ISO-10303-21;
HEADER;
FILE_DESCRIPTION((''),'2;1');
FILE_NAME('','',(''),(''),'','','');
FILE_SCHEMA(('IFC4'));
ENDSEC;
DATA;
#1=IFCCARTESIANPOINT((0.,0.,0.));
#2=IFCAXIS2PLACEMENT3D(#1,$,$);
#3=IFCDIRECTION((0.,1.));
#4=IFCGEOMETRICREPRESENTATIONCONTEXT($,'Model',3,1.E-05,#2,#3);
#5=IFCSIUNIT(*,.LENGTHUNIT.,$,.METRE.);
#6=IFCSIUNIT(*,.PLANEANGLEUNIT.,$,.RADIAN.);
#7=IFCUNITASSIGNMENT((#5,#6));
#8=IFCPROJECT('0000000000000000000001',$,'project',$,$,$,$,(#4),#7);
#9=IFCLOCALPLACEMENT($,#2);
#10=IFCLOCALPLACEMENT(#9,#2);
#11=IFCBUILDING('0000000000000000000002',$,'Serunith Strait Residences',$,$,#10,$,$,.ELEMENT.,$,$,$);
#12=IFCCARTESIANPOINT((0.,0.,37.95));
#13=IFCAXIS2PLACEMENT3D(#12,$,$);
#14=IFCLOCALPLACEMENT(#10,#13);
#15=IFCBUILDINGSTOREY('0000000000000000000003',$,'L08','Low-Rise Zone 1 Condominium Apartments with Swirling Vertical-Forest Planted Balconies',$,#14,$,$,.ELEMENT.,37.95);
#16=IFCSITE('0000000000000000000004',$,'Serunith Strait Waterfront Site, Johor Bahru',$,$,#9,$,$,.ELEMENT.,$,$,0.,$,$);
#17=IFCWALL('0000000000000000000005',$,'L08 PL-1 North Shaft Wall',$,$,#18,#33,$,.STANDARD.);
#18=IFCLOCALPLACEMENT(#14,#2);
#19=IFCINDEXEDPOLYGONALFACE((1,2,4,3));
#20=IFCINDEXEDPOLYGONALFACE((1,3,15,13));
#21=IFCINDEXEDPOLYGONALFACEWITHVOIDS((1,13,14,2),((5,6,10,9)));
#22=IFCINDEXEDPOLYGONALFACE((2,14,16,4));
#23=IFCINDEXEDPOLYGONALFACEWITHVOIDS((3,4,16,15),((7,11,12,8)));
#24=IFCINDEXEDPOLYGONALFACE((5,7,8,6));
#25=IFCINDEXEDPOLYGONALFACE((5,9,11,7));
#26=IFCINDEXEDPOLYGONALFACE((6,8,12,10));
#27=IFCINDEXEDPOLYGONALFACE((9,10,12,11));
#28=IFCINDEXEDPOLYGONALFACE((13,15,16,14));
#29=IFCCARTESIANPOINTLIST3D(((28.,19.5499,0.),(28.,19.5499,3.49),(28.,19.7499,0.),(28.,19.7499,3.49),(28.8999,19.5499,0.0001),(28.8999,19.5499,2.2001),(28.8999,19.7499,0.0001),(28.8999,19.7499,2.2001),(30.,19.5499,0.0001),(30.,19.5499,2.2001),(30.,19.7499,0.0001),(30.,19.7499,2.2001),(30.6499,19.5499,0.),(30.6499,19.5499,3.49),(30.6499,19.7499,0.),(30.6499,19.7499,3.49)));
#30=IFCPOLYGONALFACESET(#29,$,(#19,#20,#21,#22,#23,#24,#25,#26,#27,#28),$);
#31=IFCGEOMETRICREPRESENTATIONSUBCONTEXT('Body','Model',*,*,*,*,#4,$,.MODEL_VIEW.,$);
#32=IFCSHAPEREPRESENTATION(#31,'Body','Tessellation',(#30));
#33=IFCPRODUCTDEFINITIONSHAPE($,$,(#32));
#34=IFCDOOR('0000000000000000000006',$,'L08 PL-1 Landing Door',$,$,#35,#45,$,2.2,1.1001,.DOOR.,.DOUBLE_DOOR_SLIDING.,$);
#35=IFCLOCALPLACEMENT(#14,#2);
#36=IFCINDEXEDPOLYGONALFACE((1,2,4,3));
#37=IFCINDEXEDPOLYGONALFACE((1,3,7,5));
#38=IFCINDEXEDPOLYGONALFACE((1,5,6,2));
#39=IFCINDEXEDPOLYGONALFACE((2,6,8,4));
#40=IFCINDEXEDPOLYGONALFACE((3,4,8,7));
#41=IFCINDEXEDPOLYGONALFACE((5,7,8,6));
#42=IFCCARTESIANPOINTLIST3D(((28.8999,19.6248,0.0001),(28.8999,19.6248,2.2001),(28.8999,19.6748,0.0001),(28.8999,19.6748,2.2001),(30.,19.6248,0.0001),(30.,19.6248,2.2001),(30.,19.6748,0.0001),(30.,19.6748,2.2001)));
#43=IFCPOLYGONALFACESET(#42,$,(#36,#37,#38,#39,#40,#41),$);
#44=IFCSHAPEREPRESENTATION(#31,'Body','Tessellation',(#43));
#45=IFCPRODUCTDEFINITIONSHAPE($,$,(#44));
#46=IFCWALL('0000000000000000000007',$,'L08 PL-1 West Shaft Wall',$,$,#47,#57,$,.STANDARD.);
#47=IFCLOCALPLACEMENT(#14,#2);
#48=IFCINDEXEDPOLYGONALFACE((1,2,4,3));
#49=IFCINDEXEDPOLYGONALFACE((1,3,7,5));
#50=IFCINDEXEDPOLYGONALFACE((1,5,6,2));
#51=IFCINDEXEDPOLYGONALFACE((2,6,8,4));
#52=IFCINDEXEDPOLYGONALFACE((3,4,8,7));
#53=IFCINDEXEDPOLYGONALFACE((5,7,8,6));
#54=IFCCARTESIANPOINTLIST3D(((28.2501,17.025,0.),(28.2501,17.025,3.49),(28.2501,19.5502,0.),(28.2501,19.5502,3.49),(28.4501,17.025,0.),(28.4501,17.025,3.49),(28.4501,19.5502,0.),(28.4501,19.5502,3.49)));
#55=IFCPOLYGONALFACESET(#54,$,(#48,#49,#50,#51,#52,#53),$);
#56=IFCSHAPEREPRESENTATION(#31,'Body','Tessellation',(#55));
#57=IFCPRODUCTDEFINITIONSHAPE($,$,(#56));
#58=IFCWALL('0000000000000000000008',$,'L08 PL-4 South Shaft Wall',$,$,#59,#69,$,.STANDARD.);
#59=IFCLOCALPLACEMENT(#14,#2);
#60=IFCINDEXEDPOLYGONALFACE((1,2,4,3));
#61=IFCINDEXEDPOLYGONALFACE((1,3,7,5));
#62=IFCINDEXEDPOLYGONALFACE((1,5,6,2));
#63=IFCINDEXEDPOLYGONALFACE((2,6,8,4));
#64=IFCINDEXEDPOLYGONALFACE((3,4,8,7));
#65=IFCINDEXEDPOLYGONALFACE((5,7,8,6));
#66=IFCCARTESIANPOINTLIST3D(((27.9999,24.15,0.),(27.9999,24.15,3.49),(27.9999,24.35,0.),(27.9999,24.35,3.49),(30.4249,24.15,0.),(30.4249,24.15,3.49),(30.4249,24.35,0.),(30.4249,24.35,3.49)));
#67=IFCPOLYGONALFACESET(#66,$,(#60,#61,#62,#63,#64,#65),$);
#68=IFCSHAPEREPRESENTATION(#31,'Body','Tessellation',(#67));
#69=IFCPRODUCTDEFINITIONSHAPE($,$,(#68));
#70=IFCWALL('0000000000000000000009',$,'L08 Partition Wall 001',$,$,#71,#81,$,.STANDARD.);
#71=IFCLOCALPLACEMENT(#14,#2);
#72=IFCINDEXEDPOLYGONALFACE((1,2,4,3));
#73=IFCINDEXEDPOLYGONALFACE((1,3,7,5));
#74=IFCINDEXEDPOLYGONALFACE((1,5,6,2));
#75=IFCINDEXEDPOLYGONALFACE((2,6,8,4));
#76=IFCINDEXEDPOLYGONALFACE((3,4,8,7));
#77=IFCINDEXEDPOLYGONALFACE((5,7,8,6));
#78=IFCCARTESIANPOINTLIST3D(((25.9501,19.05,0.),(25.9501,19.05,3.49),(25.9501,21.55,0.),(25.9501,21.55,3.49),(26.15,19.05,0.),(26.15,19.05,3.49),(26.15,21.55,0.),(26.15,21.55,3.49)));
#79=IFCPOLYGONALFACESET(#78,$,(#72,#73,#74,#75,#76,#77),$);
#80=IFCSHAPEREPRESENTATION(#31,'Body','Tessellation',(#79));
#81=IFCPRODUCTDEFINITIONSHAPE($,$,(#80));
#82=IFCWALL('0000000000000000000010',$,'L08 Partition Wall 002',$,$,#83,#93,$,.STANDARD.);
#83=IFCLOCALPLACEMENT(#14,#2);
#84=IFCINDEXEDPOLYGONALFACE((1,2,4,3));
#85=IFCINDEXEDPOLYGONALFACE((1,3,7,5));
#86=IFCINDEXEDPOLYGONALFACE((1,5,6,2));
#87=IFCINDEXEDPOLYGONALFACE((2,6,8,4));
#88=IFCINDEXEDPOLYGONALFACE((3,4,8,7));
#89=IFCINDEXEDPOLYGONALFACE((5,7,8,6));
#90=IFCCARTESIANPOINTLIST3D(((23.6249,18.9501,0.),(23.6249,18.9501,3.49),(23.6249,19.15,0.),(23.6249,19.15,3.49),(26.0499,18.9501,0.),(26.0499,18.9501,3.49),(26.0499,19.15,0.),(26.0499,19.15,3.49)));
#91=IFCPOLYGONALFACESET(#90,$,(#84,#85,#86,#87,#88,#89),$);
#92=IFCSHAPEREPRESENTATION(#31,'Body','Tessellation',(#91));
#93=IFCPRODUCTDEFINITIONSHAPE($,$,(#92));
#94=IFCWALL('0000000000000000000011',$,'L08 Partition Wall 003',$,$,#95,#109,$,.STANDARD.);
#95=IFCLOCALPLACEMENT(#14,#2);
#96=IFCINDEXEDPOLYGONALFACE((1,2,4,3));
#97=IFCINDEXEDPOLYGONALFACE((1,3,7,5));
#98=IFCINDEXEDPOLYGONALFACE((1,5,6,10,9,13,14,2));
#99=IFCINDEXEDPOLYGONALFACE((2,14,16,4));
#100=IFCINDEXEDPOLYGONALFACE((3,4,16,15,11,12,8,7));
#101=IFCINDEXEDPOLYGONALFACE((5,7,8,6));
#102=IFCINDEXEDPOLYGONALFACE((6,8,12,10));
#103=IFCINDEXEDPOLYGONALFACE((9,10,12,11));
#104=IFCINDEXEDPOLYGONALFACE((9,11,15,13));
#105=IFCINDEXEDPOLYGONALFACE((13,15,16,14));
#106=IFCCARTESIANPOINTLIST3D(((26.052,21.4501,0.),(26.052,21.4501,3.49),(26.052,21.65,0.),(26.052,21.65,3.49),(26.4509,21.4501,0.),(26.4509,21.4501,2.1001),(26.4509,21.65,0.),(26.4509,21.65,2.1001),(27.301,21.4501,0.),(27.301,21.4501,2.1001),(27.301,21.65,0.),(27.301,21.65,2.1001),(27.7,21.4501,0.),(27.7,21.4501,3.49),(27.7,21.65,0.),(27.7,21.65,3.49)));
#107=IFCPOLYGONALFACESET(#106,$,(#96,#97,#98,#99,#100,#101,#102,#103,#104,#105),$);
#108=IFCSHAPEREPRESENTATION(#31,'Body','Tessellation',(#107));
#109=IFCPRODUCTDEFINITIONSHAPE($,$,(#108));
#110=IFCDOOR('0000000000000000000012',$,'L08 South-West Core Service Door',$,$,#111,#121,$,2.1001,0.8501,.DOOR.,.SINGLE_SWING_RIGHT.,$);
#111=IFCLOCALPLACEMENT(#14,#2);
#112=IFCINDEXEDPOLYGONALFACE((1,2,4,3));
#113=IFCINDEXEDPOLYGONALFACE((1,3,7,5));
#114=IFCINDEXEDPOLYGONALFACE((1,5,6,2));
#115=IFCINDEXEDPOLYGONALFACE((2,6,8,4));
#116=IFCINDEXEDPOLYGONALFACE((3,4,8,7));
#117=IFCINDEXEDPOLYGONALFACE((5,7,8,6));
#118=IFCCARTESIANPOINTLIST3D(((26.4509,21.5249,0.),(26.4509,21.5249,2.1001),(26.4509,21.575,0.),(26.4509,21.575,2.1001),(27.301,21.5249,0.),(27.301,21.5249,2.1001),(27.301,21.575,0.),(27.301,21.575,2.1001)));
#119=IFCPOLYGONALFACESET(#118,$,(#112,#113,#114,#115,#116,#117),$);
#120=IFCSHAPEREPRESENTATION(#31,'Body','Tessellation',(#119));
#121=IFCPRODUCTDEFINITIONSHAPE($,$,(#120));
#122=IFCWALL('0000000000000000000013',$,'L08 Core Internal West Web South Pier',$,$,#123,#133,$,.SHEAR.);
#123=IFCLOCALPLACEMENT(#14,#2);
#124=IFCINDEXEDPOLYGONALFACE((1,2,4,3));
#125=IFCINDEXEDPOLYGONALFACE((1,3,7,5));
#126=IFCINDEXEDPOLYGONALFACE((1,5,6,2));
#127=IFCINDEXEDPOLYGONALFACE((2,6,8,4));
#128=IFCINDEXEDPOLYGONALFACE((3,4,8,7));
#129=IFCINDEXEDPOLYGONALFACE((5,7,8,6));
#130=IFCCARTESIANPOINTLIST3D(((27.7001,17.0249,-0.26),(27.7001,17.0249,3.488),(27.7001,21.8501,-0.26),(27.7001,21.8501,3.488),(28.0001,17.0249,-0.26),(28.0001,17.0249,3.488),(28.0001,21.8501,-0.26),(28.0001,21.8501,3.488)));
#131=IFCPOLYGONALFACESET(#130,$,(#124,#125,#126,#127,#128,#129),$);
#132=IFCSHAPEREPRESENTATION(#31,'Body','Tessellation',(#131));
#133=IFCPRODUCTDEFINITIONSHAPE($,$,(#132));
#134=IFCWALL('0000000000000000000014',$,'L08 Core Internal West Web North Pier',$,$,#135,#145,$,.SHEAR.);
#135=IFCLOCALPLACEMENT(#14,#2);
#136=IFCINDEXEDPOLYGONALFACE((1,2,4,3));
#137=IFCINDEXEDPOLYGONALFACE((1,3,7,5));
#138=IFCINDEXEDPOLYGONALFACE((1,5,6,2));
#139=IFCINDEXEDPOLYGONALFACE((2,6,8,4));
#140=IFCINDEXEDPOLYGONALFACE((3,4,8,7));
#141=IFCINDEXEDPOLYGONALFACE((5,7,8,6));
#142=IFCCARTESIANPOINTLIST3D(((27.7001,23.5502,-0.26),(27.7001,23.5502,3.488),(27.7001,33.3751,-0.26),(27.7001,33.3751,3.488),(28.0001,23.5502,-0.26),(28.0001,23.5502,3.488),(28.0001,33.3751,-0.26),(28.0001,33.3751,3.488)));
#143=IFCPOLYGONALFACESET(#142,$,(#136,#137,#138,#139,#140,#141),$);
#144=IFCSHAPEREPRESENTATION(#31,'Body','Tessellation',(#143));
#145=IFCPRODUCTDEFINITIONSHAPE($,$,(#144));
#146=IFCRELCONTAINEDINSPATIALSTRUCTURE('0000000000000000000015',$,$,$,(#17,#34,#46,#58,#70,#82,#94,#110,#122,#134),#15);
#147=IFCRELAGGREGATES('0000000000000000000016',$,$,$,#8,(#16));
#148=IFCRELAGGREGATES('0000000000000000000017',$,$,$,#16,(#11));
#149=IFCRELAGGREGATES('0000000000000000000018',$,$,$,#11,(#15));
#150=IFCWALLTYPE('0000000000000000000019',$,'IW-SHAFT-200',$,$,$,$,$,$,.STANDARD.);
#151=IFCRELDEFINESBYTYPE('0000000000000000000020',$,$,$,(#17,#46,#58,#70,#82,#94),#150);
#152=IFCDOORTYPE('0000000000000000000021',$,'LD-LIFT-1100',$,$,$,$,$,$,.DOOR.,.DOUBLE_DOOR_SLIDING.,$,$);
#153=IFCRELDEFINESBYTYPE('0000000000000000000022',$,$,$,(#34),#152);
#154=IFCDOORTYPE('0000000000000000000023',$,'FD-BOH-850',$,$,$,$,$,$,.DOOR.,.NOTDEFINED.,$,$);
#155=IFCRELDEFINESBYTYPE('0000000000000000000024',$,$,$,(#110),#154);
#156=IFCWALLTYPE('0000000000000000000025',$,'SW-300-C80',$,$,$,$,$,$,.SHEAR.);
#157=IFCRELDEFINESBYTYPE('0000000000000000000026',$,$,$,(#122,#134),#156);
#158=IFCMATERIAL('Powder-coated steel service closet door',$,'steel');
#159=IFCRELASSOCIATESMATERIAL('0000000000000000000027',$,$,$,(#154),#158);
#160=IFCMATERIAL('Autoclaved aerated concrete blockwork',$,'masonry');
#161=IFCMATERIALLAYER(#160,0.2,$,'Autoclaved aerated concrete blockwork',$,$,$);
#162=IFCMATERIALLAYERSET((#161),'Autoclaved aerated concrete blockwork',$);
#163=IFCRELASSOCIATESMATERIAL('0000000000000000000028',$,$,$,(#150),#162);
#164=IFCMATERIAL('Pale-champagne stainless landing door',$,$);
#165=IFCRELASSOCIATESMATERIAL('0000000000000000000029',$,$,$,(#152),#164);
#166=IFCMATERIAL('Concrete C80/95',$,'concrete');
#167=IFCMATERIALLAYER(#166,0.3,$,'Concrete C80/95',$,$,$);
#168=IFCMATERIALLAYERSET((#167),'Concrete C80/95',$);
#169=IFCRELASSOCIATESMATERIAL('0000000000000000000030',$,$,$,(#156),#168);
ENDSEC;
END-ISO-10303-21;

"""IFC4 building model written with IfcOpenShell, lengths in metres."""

from ifc_helpers import new_model, si_unit, direction, frame, frame_2d, origin, place, context, subcontext, project, spatial, rectangle, extrude, source, transform, mapped, material, layer, layer_set, type_object, element, fill, save


model = new_model("IFC4")

# Units and contexts
model_context = context("Model", 3, precision=1e-05, world=origin(), true_north=direction((0.0, 1.0)))
body_context = subcontext(model_context, "Body", "Model", "MODEL_VIEW")
ifc_project = project(units=[si_unit("LENGTHUNIT", "METRE"), si_unit("PLANEANGLEUNIT", "RADIAN")], contexts=[model_context])

# Site, building, storey
site_placement = place(None, origin())
site = spatial("IfcSite", under=ifc_project, at=site_placement, Name="Serunith Strait Waterfront Site, Johor Bahru", CompositionType="ELEMENT", RefElevation=0.0)
building_placement = place(site_placement, origin())
building = spatial("IfcBuilding", under=site, at=building_placement, Name="Serunith Strait Residences", CompositionType="ELEMENT")
storey_placement = place(building_placement, frame((0.0, 0.0, 37.95)))
storey = spatial("IfcBuildingStorey", under=building, at=storey_placement, Name="L08", Description="Low-Rise Zone 1 Condominium Apartments with Swirling Vertical-Forest Planted Balconies", CompositionType="ELEMENT", Elevation=37.95)

# Wall, opening, door
ifc_material_1 = material(Name="Powder-coated steel service closet door", Category="steel")
door_type_1 = type_object("IfcDoorType", Name="FD-BOH-850", OperationType="NOTDEFINED", PredefinedType="DOOR", material=ifc_material_1)
shared_shape_1 = source(origin(), body_context, "Body", "SweptSolid", [
    extrude(rectangle(XDim=0.8501, YDim=2.1001, at=frame_2d((0.425, 1.05))), frame((0.0, 0.0249, 0.0), z_axis=(0.0, -1.0, 0.0), x_axis=(1.0, 0.0, 0.0)), (0.0, 0.0, 1.0), 0.05),
])
ifc_material_2 = material(Name="Autoclaved aerated concrete blockwork", Category="masonry")
ifc_layer_1 = layer(ifc_material_2, 0.2, Name="Autoclaved aerated concrete blockwork")
ifc_layer_set_1 = layer_set([ifc_layer_1], Name="Autoclaved aerated concrete blockwork")
wall_type_1 = type_object("IfcWallType", Name="IW-SHAFT-200", PredefinedType="STANDARD", material=ifc_layer_set_1)
wall_1_placement = place(storey_placement, frame((28.0, 19.6499, 0.0), z_axis=(0.0, 0.0, 1.0), x_axis=(1.0, 0.0, 0.0)))
wall_1 = element("IfcWall", 1, at=wall_1_placement, inside=storey, type_object=wall_type_1, Name="L08 PL-1 North Shaft Wall", PredefinedType="STANDARD", context=body_context, shape_type="SweptSolid", body=[
    extrude(rectangle(XDim=2.6499, YDim=0.2, at=frame_2d((1.325, 0.0))), origin(), (0.0, 0.0, 1.0), 3.49),
])
opening_1_placement = place(wall_1_placement, frame((0.8999, 0.0, 0.0)))
opening_1 = element("IfcOpeningElement", 2, at=opening_1_placement, cuts=wall_1, PredefinedType="OPENING", context=body_context, shape_type="SweptSolid", body=[
    extrude(rectangle(XDim=1.1001, YDim=2.2, at=frame_2d((0.55, 1.1001))), frame((0.0, 0.1099, 0.0), z_axis=(0.0, -1.0, 0.0), x_axis=(1.0, 0.0, 0.0)), (0.0, 0.0, 1.0), 0.22),
])
ifc_material_3 = material(Name="Pale-champagne stainless landing door")
door_type_2 = type_object("IfcDoorType", Name="LD-LIFT-1100", OperationType="DOUBLE_DOOR_SLIDING", PredefinedType="DOOR", material=ifc_material_3)
shared_shape_2 = source(origin(), body_context, "Body", "SweptSolid", [
    extrude(rectangle(XDim=1.1001, YDim=2.2, at=frame_2d((0.55, 1.1001))), frame((0.0, 0.0249, 0.0), z_axis=(0.0, -1.0, 0.0), x_axis=(1.0, 0.0, 0.0)), (0.0, 0.0, 1.0), 0.05),
])
door_1_placement = place(opening_1_placement, origin())
door_1 = element("IfcDoor", 3, at=door_1_placement, inside=storey, type_object=door_type_2, Name="L08 PL-1 Landing Door", OperationType="DOUBLE_DOOR_SLIDING", OverallHeight=2.2, OverallWidth=1.1001, PredefinedType="DOOR", context=body_context, shape_type="MappedRepresentation", body=[
    mapped(shared_shape_2, transform((0.0, 0.0, 0.0), scale=1.0)),
])
fill(opening_1, door_1)

# Walls
wall_2_placement = place(storey_placement, frame((28.3501, 17.0249, 0.0), z_axis=(0.0, 0.0, 1.0), x_axis=(0.0, 1.0, 0.0)))
element("IfcWall", 4, at=wall_2_placement, inside=storey, type_object=wall_type_1, Name="L08 PL-1 West Shaft Wall", PredefinedType="STANDARD", context=body_context, shape_type="SweptSolid", body=[
    extrude(rectangle(XDim=2.5251, YDim=0.2, at=frame_2d((1.2627, 0.0))), origin(), (0.0, 0.0, 1.0), 3.49),
])
wall_3_placement = place(storey_placement, frame((28.0, 24.25, 0.0), z_axis=(0.0, 0.0, 1.0), x_axis=(1.0, 0.0, 0.0)))
element("IfcWall", 5, at=wall_3_placement, inside=storey, type_object=wall_type_1, Name="L08 PL-4 South Shaft Wall", PredefinedType="STANDARD", context=body_context, shape_type="SweptSolid", body=[
    extrude(rectangle(XDim=2.425, YDim=0.2, at=frame_2d((1.2124, 0.0))), origin(), (0.0, 0.0, 1.0), 3.49),
])
wall_4_placement = place(storey_placement, frame((26.05, 19.05, 0.0), z_axis=(0.0, 0.0, 1.0), x_axis=(0.0, 1.0, 0.0)))
element("IfcWall", 6, at=wall_4_placement, inside=storey, type_object=wall_type_1, Name="L08 Partition Wall 001", PredefinedType="STANDARD", context=body_context, shape_type="SweptSolid", body=[
    extrude(rectangle(XDim=2.5, YDim=0.2, at=frame_2d((1.25, 0.0))), origin(), (0.0, 0.0, 1.0), 3.49),
])
wall_5_placement = place(storey_placement, frame((23.625, 19.05, 0.0), z_axis=(0.0, 0.0, 1.0), x_axis=(1.0, 0.0, 0.0)))
element("IfcWall", 7, at=wall_5_placement, inside=storey, type_object=wall_type_1, Name="L08 Partition Wall 002", PredefinedType="STANDARD", context=body_context, shape_type="SweptSolid", body=[
    extrude(rectangle(XDim=2.425, YDim=0.2, at=frame_2d((1.2124, 0.0))), origin(), (0.0, 0.0, 1.0), 3.49),
])

# Wall, opening, door
wall_6_placement = place(storey_placement, frame((26.052, 21.55, 0.0), z_axis=(0.0, 0.0, 1.0), x_axis=(1.0, 0.0, 0.0)))
wall_6 = element("IfcWall", 8, at=wall_6_placement, inside=storey, type_object=wall_type_1, Name="L08 Partition Wall 003", PredefinedType="STANDARD", context=body_context, shape_type="SweptSolid", body=[
    extrude(rectangle(XDim=1.6479, YDim=0.2, at=frame_2d((0.824, 0.0))), origin(), (0.0, 0.0, 1.0), 3.49),
])
opening_2_placement = place(wall_6_placement, frame((0.3989, 0.0, 0.0)))
opening_2 = element("IfcOpeningElement", 9, at=opening_2_placement, cuts=wall_6, PredefinedType="OPENING", context=body_context, shape_type="SweptSolid", body=[
    extrude(rectangle(XDim=0.8501, YDim=2.1001, at=frame_2d((0.425, 1.05))), frame((0.0, 0.1099, 0.0), z_axis=(0.0, -1.0, 0.0), x_axis=(1.0, 0.0, 0.0)), (0.0, 0.0, 1.0), 0.22),
])
door_2_placement = place(opening_2_placement, origin())
door_2 = element("IfcDoor", 10, at=door_2_placement, inside=storey, type_object=door_type_1, Name="L08 South-West Core Service Door", OperationType="SINGLE_SWING_RIGHT", OverallHeight=2.1001, OverallWidth=0.8501, PredefinedType="DOOR", context=body_context, shape_type="MappedRepresentation", body=[
    mapped(shared_shape_1, transform((0.0, 0.0, 0.0), scale=1.0)),
])
fill(opening_2, door_2)

# Walls
ifc_material_4 = material(Name="Concrete C80/95", Category="concrete")
ifc_layer_2 = layer(ifc_material_4, 0.3, Name="Concrete C80/95")
ifc_layer_set_2 = layer_set([ifc_layer_2], Name="Concrete C80/95")
wall_type_2 = type_object("IfcWallType", Name="SW-300-C80", PredefinedType="SHEAR", material=ifc_layer_set_2)
wall_7_placement = place(storey_placement, frame((27.8501, 17.0249, -0.26), z_axis=(0.0, 0.0, 1.0), x_axis=(0.0, 1.0, 0.0)))
element("IfcWall", 11, at=wall_7_placement, inside=storey, type_object=wall_type_2, Name="L08 Core Internal West Web South Pier", PredefinedType="SHEAR", context=body_context, shape_type="SweptSolid", body=[
    extrude(rectangle(XDim=4.8252, YDim=0.3, at=frame_2d((2.4126, 0.0))), origin(), (0.0, 0.0, 1.0), 3.748),
])
wall_8_placement = place(storey_placement, frame((27.8501, 23.55, -0.26), z_axis=(0.0, 0.0, 1.0), x_axis=(0.0, 1.0, 0.0)))
element("IfcWall", 12, at=wall_8_placement, inside=storey, type_object=wall_type_2, Name="L08 Core Internal West Web North Pier", PredefinedType="SHEAR", context=body_context, shape_type="SweptSolid", body=[
    extrude(rectangle(XDim=9.825, YDim=0.3, at=frame_2d((4.9126, 0.0))), origin(), (0.0, 0.0, 1.0), 3.748),
])

save(model, "model.ifc")
